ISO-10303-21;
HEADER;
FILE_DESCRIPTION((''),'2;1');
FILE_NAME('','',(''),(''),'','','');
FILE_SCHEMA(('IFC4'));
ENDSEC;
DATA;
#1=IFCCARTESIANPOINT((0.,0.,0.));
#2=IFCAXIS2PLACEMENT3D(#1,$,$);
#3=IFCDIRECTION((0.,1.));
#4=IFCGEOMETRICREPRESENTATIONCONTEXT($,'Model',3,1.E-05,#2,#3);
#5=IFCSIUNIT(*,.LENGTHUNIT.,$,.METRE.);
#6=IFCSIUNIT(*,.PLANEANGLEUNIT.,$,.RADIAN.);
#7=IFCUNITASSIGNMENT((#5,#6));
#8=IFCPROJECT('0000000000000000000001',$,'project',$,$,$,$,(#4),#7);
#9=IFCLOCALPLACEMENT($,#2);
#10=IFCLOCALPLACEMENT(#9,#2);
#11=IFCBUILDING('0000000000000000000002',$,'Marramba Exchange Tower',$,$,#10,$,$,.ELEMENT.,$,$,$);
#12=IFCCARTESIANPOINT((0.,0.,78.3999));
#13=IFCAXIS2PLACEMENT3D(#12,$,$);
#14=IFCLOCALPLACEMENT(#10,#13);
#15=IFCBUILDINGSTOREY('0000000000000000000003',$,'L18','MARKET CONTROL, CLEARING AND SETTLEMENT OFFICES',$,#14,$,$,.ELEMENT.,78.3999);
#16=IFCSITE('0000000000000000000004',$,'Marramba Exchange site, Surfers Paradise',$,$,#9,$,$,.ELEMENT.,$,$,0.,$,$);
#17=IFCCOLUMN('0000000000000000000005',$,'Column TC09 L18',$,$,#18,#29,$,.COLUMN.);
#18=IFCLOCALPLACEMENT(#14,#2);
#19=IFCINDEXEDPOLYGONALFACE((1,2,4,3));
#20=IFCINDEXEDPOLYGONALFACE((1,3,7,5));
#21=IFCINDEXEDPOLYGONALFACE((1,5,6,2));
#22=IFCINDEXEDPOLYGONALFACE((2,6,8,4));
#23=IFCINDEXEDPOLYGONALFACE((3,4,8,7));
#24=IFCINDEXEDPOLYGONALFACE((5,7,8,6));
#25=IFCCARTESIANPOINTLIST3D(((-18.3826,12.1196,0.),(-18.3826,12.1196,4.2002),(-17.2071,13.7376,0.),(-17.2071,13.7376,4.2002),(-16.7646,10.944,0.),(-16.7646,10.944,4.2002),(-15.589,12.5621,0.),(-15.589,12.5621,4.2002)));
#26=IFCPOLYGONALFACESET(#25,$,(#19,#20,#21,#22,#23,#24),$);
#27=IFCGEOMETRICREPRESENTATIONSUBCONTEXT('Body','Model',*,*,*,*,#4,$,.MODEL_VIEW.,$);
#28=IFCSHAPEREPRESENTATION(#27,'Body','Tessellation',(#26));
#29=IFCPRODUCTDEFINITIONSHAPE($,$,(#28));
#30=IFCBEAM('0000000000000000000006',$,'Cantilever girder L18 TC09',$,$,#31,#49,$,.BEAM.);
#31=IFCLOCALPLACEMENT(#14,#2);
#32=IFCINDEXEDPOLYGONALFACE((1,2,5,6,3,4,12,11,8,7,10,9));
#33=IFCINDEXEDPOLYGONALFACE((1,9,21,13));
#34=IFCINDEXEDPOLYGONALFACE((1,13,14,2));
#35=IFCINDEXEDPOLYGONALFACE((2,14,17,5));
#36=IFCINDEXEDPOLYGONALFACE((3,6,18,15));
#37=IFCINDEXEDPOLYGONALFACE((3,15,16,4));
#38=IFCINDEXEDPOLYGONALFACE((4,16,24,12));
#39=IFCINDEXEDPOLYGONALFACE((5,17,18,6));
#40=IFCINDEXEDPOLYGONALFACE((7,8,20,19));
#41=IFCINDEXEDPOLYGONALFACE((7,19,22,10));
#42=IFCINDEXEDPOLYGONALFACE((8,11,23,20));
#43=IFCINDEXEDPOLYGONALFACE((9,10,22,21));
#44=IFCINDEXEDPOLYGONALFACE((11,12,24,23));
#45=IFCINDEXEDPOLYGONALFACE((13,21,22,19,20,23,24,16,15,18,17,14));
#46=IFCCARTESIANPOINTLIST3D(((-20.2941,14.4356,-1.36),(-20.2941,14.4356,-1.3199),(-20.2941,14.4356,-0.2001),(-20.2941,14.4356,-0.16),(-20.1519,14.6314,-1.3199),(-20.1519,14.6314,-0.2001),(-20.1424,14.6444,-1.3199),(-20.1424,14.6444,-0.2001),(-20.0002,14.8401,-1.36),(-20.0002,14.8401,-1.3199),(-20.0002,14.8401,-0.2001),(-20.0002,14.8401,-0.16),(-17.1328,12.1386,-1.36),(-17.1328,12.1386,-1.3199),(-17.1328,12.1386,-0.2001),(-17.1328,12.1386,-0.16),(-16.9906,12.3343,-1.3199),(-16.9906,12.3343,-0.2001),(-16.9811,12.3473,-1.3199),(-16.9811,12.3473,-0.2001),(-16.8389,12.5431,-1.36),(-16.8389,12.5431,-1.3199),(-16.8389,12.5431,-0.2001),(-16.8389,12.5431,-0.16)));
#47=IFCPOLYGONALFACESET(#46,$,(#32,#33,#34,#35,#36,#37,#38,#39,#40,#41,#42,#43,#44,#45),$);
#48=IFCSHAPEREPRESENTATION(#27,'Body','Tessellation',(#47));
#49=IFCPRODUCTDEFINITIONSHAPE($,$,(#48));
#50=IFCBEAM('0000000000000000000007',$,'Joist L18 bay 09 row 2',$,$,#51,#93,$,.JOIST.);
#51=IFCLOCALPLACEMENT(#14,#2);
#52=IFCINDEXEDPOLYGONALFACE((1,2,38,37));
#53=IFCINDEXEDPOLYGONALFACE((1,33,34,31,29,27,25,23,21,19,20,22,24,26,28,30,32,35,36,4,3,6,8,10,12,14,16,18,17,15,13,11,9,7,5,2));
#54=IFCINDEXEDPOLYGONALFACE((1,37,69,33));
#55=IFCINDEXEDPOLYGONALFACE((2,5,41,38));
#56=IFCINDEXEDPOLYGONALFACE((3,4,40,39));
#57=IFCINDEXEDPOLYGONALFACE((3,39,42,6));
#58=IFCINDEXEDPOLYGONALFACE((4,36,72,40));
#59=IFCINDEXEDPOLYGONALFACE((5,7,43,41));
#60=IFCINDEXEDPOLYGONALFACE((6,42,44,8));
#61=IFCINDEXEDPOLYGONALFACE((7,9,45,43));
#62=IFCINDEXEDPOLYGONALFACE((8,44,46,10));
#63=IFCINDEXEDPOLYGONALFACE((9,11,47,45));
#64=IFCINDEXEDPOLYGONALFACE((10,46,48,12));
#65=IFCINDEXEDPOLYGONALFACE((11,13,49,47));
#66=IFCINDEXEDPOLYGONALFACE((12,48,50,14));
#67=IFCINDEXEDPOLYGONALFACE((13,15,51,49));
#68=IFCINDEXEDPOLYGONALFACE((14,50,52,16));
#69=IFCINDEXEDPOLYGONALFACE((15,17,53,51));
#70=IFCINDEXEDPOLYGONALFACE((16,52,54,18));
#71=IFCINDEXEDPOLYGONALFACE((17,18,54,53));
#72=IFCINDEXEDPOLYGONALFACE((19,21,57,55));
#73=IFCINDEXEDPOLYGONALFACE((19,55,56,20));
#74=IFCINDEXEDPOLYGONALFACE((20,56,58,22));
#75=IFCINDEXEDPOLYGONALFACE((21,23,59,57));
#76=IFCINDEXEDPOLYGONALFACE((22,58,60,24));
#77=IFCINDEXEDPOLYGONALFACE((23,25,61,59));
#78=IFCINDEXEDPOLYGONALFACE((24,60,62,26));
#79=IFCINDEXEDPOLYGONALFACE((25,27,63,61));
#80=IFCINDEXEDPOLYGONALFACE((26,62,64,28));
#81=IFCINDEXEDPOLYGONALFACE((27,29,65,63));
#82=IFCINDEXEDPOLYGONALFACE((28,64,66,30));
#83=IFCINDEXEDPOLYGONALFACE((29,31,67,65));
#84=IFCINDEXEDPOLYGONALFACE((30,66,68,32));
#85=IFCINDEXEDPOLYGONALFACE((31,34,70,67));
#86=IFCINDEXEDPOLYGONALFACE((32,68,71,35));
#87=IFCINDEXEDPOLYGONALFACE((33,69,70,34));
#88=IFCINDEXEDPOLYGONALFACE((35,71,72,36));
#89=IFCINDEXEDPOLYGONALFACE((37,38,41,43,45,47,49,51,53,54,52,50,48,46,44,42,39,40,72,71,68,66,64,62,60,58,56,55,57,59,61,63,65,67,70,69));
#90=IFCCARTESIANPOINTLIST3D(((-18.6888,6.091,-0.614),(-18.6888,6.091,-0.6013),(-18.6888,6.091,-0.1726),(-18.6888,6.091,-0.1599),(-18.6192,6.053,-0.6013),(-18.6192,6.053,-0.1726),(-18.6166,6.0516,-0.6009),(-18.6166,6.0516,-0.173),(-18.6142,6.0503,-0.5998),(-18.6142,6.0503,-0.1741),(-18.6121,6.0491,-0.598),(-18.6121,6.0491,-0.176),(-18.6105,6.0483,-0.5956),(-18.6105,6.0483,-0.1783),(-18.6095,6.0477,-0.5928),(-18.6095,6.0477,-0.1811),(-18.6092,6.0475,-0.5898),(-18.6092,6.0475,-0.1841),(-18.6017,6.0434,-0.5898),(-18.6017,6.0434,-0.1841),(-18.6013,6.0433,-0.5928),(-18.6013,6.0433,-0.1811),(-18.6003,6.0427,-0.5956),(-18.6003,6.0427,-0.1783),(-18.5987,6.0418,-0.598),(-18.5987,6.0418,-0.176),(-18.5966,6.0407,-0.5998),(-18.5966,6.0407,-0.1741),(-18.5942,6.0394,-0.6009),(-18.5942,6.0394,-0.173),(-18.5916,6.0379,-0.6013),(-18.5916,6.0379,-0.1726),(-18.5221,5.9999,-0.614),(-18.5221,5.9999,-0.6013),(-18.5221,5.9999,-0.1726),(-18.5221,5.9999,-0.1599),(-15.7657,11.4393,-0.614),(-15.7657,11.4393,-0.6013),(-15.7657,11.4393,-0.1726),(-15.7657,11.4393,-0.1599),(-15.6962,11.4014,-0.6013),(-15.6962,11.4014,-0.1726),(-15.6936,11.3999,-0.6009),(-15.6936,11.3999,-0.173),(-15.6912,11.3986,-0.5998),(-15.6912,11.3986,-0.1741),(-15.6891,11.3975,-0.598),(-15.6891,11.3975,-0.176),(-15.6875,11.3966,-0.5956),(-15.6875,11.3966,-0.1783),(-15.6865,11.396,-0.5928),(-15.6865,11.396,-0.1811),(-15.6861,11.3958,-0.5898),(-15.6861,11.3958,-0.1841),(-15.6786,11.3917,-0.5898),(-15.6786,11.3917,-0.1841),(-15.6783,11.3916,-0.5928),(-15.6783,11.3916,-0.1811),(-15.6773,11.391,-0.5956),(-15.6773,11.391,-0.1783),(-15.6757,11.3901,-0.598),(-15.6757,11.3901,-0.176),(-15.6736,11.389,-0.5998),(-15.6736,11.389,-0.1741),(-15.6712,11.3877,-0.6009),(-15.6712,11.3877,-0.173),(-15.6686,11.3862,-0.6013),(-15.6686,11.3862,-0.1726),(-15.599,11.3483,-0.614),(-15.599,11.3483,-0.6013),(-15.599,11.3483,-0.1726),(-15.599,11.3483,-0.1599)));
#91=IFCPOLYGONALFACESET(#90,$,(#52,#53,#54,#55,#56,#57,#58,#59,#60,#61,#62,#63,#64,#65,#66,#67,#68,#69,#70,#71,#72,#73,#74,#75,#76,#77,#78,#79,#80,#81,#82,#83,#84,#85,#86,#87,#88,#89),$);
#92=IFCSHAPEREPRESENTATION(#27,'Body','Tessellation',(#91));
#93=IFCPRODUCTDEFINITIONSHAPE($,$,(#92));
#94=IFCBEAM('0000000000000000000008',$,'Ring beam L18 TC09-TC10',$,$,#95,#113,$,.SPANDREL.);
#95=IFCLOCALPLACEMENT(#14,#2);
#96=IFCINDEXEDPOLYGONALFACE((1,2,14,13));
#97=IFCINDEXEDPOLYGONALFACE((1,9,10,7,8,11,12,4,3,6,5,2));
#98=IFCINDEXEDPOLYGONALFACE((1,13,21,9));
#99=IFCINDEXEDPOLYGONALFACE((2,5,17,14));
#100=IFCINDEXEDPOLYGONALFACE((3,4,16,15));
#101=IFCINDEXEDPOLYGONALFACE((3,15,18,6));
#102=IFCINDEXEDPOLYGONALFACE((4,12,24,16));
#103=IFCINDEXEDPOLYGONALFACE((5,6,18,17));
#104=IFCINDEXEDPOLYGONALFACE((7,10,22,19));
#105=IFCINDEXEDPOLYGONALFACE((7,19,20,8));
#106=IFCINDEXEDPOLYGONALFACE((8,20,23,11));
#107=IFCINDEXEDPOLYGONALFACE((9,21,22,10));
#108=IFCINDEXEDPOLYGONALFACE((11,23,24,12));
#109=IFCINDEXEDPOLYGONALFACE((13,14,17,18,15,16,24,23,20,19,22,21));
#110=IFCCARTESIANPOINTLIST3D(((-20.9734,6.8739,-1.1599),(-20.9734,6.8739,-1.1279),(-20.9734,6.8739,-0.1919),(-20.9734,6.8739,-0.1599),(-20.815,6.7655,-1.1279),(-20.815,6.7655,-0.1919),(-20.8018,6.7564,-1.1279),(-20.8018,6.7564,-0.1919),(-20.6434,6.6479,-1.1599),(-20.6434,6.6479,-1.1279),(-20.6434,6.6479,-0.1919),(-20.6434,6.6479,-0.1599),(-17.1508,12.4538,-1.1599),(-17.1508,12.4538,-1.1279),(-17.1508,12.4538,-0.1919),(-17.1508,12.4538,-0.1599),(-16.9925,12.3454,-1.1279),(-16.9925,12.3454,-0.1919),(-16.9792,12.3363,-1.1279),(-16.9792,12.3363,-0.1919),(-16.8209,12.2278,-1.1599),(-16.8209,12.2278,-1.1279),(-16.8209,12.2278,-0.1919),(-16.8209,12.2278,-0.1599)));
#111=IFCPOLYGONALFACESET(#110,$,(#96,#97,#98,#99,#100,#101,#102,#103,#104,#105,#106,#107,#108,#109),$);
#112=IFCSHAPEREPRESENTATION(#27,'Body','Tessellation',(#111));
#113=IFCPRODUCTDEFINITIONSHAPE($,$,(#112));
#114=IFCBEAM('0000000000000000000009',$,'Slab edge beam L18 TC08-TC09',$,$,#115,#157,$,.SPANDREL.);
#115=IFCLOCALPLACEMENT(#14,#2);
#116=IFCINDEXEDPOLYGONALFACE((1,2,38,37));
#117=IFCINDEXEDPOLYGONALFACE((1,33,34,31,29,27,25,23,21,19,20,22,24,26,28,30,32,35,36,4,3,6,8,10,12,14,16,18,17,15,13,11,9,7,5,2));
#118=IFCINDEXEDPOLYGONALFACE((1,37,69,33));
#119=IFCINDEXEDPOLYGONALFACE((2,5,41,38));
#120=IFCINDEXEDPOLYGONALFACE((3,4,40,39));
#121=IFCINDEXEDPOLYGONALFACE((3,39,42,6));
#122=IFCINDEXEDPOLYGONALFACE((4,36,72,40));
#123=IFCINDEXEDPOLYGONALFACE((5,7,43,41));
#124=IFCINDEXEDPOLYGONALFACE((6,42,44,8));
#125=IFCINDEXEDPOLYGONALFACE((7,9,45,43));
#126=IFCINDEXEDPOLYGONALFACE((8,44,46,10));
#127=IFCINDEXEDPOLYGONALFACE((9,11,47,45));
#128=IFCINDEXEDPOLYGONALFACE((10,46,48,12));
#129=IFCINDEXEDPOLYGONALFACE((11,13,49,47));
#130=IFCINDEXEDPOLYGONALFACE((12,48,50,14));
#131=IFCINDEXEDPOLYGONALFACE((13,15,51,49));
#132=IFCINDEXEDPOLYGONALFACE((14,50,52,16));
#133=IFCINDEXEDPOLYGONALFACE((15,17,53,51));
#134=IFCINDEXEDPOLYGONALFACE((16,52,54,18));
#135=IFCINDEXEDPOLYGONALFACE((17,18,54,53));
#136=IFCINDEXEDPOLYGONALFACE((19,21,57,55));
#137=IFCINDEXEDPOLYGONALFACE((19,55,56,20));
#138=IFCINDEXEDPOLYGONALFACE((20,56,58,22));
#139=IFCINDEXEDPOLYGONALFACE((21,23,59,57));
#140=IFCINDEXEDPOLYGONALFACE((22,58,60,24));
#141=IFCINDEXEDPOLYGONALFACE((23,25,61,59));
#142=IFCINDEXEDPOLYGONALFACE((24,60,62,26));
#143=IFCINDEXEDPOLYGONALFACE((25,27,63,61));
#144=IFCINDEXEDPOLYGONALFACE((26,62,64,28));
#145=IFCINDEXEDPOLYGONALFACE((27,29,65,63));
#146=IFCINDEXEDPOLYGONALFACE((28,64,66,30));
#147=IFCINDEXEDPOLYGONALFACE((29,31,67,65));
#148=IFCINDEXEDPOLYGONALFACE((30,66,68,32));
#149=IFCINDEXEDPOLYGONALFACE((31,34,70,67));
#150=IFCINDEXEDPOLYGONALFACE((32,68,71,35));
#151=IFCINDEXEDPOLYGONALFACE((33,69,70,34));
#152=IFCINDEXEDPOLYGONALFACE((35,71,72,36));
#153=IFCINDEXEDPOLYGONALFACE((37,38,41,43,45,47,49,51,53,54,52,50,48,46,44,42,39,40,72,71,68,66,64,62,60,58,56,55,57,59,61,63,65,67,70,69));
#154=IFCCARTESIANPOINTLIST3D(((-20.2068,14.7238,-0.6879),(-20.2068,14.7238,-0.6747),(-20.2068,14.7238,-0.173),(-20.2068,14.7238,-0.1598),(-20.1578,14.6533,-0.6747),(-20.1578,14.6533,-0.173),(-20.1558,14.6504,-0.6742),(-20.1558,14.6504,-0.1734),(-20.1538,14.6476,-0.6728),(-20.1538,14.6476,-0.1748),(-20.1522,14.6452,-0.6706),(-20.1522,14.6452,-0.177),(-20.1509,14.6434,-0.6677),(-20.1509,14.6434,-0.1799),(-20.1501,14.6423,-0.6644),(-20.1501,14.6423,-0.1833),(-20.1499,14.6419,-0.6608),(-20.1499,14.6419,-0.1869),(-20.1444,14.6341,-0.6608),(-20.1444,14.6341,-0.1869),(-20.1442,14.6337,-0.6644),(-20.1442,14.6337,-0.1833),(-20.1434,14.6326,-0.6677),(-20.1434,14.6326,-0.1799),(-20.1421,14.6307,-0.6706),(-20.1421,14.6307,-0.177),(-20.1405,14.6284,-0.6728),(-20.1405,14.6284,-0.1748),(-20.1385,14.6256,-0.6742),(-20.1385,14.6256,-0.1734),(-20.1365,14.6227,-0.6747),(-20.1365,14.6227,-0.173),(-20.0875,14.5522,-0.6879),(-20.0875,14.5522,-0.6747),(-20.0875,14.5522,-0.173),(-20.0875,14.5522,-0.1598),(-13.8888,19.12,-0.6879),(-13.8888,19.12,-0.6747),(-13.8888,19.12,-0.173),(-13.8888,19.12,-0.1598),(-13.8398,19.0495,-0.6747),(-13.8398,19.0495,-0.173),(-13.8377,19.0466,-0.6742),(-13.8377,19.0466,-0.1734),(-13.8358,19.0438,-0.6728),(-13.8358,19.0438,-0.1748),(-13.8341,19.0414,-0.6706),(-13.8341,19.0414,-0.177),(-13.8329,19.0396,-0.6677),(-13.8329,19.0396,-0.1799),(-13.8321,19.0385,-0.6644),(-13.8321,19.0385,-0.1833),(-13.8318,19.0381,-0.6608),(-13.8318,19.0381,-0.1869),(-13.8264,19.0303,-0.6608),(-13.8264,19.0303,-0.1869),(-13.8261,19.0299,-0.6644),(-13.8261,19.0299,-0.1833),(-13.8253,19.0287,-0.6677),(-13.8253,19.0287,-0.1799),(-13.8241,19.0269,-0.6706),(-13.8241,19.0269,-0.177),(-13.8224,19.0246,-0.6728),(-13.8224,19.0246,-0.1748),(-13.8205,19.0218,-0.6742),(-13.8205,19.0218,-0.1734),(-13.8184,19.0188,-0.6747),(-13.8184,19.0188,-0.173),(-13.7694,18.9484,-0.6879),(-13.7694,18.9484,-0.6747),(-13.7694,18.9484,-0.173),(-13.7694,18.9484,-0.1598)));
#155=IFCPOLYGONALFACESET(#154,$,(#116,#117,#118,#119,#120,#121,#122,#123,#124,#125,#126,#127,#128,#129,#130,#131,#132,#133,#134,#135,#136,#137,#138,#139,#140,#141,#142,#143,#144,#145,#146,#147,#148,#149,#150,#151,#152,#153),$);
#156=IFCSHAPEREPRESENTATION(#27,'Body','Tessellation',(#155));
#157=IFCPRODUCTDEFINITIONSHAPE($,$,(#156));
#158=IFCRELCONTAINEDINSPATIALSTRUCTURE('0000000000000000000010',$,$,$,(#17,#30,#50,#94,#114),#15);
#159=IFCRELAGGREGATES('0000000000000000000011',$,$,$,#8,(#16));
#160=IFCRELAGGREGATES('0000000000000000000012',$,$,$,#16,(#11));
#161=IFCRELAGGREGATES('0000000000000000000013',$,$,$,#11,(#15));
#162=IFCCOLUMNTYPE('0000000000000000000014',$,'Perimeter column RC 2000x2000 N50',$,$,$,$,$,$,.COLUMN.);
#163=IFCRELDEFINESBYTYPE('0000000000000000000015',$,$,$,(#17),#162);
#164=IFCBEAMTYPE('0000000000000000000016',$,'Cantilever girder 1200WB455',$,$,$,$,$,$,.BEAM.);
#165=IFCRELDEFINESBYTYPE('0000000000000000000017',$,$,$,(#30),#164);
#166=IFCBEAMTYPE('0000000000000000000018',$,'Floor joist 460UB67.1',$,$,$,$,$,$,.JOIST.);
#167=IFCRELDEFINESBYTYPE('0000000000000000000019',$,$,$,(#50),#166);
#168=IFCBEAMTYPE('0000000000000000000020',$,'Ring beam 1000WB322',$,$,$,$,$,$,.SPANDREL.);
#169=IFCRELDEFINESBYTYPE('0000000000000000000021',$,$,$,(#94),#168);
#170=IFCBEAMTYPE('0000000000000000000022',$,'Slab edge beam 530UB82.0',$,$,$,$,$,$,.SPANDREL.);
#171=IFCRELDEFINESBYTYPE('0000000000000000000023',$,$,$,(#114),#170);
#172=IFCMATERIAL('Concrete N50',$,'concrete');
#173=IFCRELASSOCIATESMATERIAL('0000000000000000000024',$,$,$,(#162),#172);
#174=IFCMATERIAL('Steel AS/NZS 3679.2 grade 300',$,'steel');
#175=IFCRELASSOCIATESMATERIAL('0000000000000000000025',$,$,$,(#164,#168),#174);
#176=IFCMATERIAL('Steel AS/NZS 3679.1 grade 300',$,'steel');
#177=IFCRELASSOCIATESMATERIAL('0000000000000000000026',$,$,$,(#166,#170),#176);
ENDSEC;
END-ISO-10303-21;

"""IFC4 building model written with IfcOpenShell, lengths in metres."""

from ifc_helpers import new_model, si_unit, direction, frame, origin, origin_2d, place, context, subcontext, project, spatial, rectangle, i_section, extrude, material, material_profile, profile_set, type_object, element, save


model = new_model("IFC4")

# Units and contexts
model_context = context("Model", 3, precision=1e-05, world=origin(), true_north=direction((0.0, 1.0)))
body_context = subcontext(model_context, "Body", "Model", "MODEL_VIEW")
ifc_project = project(units=[si_unit("LENGTHUNIT", "METRE"), si_unit("PLANEANGLEUNIT", "RADIAN")], contexts=[model_context])

# Site, building, storey
site_placement = place(None, origin())
site = spatial("IfcSite", under=ifc_project, at=site_placement, Name="Marramba Exchange site, Surfers Paradise", CompositionType="ELEMENT", RefElevation=0.0)
building_placement = place(site_placement, origin())
building = spatial("IfcBuilding", under=site, at=building_placement, Name="Marramba Exchange Tower", CompositionType="ELEMENT")
storey_placement = place(building_placement, frame((0.0, 0.0, 78.3999)))
storey = spatial("IfcBuildingStorey", under=building, at=storey_placement, Name="L18", Description="MARKET CONTROL, CLEARING AND SETTLEMENT OFFICES", CompositionType="ELEMENT", Elevation=78.3999)

# Column
ifc_material_1 = material(Name="Concrete N50", Category="concrete")
ifc_material_profile_1 = material_profile(ifc_material_1, rectangle(XDim=2.0, YDim=2.0, at=origin_2d()), Name="RC 2000x2000")
ifc_profile_set_1 = profile_set([ifc_material_profile_1], Name="Concrete N50")
column_type = type_object("IfcColumnType", Name="Perimeter column RC 2000x2000 N50", PredefinedType="COLUMN", material=ifc_profile_set_1)
column_placement = place(storey_placement, frame((-16.9858, 12.3408, 0.0), z_axis=(0.0, 0.0, 1.0), x_axis=(-0.809017, 0.587785, 0.0)))
element("IfcColumn", 1, at=column_placement, inside=storey, type_object=column_type, Name="Column TC09 L18", PredefinedType="COLUMN", context=body_context, shape_type="SweptSolid", body=[
    extrude(rectangle(XDim=2.0, YDim=2.0, at=origin_2d()), origin(), (0.0, 0.0, 1.0), 4.2002),
])

# Beams
ifc_material_2 = material(Name="Steel AS/NZS 3679.2 grade 300", Category="steel")
ifc_material_profile_2 = material_profile(ifc_material_2, i_section(OverallWidth=0.5, OverallDepth=1.2, WebThickness=0.0161, FlangeThickness=0.04, at=origin_2d()), Name="1200WB455")
ifc_profile_set_2 = profile_set([ifc_material_profile_2], Name="Steel AS/NZS 3679.2 grade 300")
beam_type_1 = type_object("IfcBeamType", Name="Cantilever girder 1200WB455", PredefinedType="BEAM", material=ifc_profile_set_2)
beam_1_placement = place(storey_placement, frame((-16.9858, 12.3408, -0.76), z_axis=(-0.808987, 0.587826, 0.0), x_axis=(-0.587826, -0.808987, 0.0)))
element("IfcBeam", 2, at=beam_1_placement, inside=storey, type_object=beam_type_1, Name="Cantilever girder L18 TC09", PredefinedType="BEAM", context=body_context, shape_type="SweptSolid", body=[
    extrude(i_section(OverallWidth=0.5, OverallDepth=1.2, WebThickness=0.0161, FlangeThickness=0.04, at=origin_2d()), origin(), (0.0, 0.0, 1.0), 3.9077),
])
ifc_material_3 = material(Name="Steel AS/NZS 3679.1 grade 300", Category="steel")
ifc_material_profile_3 = material_profile(ifc_material_3, i_section(OverallWidth=0.1899, OverallDepth=0.4541, WebThickness=0.0085, FlangeThickness=0.0127, FilletRadius=0.0115, at=origin_2d()), Name="460UB67.1")
ifc_profile_set_3 = profile_set([ifc_material_profile_3], Name="Steel AS/NZS 3679.1 grade 300")
beam_type_2 = type_object("IfcBeamType", Name="Floor joist 460UB67.1", PredefinedType="JOIST", material=ifc_profile_set_3)
beam_2_placement = place(storey_placement, frame((-15.6824, 11.3938, -0.387), z_axis=(-0.479584, -0.877496, 0.0), x_axis=(0.877496, -0.479584, 0.0)))
element("IfcBeam", 3, at=beam_2_placement, inside=storey, type_object=beam_type_2, Name="Joist L18 bay 09 row 2", PredefinedType="JOIST", context=body_context, shape_type="SweptSolid", body=[
    extrude(i_section(OverallWidth=0.1899, OverallDepth=0.4541, WebThickness=0.0085, FlangeThickness=0.0127, FilletRadius=0.0115, at=origin_2d()), origin(), (0.0, 0.0, 1.0), 6.095),
])
ifc_material_profile_4 = material_profile(ifc_material_2, i_section(OverallWidth=0.3999, OverallDepth=1.0, WebThickness=0.0161, FlangeThickness=0.032, at=origin_2d()), Name="1000WB322")
ifc_profile_set_4 = profile_set([ifc_material_profile_4], Name="Steel AS/NZS 3679.2 grade 300")
beam_type_3 = type_object("IfcBeamType", Name="Ring beam 1000WB322", PredefinedType="SPANDREL", material=ifc_profile_set_4)
beam_3_placement = place(storey_placement, frame((-16.9858, 12.3408, -0.6599), z_axis=(-0.56516, -0.824981, 0.0), x_axis=(0.824981, -0.56516, 0.0)))
element("IfcBeam", 4, at=beam_3_placement, inside=storey, type_object=beam_type_3, Name="Ring beam L18 TC09-TC10", PredefinedType="SPANDREL", context=body_context, shape_type="SweptSolid", body=[
    extrude(i_section(OverallWidth=0.3999, OverallDepth=1.0, WebThickness=0.0161, FlangeThickness=0.032, at=origin_2d()), origin(), (0.0, 0.0, 1.0), 6.7637),
])
ifc_material_profile_5 = material_profile(ifc_material_3, i_section(OverallWidth=0.209, OverallDepth=0.5281, WebThickness=0.0095, FlangeThickness=0.0132, FilletRadius=0.0139, at=origin_2d()), Name="530UB82.0")
ifc_profile_set_5 = profile_set([ifc_material_profile_5], Name="Steel AS/NZS 3679.1 grade 300")
beam_type_4 = type_object("IfcBeamType", Name="Slab edge beam 530UB82.0", PredefinedType="SPANDREL", material=ifc_profile_set_5)
beam_4_placement = place(storey_placement, frame((-13.8291, 19.0342, -0.4238), z_axis=(-0.820842, -0.571155, 0.0), x_axis=(0.571155, -0.820842, 0.0)))
element("IfcBeam", 5, at=beam_4_placement, inside=storey, type_object=beam_type_4, Name="Slab edge beam L18 TC08-TC09", PredefinedType="SPANDREL", context=body_context, shape_type="SweptSolid", body=[
    extrude(i_section(OverallWidth=0.209, OverallDepth=0.5281, WebThickness=0.0095, FlangeThickness=0.0132, FilletRadius=0.0139, at=origin_2d()), origin(), (0.0, 0.0, 1.0), 7.697),
])

save(model, "model.ifc")
